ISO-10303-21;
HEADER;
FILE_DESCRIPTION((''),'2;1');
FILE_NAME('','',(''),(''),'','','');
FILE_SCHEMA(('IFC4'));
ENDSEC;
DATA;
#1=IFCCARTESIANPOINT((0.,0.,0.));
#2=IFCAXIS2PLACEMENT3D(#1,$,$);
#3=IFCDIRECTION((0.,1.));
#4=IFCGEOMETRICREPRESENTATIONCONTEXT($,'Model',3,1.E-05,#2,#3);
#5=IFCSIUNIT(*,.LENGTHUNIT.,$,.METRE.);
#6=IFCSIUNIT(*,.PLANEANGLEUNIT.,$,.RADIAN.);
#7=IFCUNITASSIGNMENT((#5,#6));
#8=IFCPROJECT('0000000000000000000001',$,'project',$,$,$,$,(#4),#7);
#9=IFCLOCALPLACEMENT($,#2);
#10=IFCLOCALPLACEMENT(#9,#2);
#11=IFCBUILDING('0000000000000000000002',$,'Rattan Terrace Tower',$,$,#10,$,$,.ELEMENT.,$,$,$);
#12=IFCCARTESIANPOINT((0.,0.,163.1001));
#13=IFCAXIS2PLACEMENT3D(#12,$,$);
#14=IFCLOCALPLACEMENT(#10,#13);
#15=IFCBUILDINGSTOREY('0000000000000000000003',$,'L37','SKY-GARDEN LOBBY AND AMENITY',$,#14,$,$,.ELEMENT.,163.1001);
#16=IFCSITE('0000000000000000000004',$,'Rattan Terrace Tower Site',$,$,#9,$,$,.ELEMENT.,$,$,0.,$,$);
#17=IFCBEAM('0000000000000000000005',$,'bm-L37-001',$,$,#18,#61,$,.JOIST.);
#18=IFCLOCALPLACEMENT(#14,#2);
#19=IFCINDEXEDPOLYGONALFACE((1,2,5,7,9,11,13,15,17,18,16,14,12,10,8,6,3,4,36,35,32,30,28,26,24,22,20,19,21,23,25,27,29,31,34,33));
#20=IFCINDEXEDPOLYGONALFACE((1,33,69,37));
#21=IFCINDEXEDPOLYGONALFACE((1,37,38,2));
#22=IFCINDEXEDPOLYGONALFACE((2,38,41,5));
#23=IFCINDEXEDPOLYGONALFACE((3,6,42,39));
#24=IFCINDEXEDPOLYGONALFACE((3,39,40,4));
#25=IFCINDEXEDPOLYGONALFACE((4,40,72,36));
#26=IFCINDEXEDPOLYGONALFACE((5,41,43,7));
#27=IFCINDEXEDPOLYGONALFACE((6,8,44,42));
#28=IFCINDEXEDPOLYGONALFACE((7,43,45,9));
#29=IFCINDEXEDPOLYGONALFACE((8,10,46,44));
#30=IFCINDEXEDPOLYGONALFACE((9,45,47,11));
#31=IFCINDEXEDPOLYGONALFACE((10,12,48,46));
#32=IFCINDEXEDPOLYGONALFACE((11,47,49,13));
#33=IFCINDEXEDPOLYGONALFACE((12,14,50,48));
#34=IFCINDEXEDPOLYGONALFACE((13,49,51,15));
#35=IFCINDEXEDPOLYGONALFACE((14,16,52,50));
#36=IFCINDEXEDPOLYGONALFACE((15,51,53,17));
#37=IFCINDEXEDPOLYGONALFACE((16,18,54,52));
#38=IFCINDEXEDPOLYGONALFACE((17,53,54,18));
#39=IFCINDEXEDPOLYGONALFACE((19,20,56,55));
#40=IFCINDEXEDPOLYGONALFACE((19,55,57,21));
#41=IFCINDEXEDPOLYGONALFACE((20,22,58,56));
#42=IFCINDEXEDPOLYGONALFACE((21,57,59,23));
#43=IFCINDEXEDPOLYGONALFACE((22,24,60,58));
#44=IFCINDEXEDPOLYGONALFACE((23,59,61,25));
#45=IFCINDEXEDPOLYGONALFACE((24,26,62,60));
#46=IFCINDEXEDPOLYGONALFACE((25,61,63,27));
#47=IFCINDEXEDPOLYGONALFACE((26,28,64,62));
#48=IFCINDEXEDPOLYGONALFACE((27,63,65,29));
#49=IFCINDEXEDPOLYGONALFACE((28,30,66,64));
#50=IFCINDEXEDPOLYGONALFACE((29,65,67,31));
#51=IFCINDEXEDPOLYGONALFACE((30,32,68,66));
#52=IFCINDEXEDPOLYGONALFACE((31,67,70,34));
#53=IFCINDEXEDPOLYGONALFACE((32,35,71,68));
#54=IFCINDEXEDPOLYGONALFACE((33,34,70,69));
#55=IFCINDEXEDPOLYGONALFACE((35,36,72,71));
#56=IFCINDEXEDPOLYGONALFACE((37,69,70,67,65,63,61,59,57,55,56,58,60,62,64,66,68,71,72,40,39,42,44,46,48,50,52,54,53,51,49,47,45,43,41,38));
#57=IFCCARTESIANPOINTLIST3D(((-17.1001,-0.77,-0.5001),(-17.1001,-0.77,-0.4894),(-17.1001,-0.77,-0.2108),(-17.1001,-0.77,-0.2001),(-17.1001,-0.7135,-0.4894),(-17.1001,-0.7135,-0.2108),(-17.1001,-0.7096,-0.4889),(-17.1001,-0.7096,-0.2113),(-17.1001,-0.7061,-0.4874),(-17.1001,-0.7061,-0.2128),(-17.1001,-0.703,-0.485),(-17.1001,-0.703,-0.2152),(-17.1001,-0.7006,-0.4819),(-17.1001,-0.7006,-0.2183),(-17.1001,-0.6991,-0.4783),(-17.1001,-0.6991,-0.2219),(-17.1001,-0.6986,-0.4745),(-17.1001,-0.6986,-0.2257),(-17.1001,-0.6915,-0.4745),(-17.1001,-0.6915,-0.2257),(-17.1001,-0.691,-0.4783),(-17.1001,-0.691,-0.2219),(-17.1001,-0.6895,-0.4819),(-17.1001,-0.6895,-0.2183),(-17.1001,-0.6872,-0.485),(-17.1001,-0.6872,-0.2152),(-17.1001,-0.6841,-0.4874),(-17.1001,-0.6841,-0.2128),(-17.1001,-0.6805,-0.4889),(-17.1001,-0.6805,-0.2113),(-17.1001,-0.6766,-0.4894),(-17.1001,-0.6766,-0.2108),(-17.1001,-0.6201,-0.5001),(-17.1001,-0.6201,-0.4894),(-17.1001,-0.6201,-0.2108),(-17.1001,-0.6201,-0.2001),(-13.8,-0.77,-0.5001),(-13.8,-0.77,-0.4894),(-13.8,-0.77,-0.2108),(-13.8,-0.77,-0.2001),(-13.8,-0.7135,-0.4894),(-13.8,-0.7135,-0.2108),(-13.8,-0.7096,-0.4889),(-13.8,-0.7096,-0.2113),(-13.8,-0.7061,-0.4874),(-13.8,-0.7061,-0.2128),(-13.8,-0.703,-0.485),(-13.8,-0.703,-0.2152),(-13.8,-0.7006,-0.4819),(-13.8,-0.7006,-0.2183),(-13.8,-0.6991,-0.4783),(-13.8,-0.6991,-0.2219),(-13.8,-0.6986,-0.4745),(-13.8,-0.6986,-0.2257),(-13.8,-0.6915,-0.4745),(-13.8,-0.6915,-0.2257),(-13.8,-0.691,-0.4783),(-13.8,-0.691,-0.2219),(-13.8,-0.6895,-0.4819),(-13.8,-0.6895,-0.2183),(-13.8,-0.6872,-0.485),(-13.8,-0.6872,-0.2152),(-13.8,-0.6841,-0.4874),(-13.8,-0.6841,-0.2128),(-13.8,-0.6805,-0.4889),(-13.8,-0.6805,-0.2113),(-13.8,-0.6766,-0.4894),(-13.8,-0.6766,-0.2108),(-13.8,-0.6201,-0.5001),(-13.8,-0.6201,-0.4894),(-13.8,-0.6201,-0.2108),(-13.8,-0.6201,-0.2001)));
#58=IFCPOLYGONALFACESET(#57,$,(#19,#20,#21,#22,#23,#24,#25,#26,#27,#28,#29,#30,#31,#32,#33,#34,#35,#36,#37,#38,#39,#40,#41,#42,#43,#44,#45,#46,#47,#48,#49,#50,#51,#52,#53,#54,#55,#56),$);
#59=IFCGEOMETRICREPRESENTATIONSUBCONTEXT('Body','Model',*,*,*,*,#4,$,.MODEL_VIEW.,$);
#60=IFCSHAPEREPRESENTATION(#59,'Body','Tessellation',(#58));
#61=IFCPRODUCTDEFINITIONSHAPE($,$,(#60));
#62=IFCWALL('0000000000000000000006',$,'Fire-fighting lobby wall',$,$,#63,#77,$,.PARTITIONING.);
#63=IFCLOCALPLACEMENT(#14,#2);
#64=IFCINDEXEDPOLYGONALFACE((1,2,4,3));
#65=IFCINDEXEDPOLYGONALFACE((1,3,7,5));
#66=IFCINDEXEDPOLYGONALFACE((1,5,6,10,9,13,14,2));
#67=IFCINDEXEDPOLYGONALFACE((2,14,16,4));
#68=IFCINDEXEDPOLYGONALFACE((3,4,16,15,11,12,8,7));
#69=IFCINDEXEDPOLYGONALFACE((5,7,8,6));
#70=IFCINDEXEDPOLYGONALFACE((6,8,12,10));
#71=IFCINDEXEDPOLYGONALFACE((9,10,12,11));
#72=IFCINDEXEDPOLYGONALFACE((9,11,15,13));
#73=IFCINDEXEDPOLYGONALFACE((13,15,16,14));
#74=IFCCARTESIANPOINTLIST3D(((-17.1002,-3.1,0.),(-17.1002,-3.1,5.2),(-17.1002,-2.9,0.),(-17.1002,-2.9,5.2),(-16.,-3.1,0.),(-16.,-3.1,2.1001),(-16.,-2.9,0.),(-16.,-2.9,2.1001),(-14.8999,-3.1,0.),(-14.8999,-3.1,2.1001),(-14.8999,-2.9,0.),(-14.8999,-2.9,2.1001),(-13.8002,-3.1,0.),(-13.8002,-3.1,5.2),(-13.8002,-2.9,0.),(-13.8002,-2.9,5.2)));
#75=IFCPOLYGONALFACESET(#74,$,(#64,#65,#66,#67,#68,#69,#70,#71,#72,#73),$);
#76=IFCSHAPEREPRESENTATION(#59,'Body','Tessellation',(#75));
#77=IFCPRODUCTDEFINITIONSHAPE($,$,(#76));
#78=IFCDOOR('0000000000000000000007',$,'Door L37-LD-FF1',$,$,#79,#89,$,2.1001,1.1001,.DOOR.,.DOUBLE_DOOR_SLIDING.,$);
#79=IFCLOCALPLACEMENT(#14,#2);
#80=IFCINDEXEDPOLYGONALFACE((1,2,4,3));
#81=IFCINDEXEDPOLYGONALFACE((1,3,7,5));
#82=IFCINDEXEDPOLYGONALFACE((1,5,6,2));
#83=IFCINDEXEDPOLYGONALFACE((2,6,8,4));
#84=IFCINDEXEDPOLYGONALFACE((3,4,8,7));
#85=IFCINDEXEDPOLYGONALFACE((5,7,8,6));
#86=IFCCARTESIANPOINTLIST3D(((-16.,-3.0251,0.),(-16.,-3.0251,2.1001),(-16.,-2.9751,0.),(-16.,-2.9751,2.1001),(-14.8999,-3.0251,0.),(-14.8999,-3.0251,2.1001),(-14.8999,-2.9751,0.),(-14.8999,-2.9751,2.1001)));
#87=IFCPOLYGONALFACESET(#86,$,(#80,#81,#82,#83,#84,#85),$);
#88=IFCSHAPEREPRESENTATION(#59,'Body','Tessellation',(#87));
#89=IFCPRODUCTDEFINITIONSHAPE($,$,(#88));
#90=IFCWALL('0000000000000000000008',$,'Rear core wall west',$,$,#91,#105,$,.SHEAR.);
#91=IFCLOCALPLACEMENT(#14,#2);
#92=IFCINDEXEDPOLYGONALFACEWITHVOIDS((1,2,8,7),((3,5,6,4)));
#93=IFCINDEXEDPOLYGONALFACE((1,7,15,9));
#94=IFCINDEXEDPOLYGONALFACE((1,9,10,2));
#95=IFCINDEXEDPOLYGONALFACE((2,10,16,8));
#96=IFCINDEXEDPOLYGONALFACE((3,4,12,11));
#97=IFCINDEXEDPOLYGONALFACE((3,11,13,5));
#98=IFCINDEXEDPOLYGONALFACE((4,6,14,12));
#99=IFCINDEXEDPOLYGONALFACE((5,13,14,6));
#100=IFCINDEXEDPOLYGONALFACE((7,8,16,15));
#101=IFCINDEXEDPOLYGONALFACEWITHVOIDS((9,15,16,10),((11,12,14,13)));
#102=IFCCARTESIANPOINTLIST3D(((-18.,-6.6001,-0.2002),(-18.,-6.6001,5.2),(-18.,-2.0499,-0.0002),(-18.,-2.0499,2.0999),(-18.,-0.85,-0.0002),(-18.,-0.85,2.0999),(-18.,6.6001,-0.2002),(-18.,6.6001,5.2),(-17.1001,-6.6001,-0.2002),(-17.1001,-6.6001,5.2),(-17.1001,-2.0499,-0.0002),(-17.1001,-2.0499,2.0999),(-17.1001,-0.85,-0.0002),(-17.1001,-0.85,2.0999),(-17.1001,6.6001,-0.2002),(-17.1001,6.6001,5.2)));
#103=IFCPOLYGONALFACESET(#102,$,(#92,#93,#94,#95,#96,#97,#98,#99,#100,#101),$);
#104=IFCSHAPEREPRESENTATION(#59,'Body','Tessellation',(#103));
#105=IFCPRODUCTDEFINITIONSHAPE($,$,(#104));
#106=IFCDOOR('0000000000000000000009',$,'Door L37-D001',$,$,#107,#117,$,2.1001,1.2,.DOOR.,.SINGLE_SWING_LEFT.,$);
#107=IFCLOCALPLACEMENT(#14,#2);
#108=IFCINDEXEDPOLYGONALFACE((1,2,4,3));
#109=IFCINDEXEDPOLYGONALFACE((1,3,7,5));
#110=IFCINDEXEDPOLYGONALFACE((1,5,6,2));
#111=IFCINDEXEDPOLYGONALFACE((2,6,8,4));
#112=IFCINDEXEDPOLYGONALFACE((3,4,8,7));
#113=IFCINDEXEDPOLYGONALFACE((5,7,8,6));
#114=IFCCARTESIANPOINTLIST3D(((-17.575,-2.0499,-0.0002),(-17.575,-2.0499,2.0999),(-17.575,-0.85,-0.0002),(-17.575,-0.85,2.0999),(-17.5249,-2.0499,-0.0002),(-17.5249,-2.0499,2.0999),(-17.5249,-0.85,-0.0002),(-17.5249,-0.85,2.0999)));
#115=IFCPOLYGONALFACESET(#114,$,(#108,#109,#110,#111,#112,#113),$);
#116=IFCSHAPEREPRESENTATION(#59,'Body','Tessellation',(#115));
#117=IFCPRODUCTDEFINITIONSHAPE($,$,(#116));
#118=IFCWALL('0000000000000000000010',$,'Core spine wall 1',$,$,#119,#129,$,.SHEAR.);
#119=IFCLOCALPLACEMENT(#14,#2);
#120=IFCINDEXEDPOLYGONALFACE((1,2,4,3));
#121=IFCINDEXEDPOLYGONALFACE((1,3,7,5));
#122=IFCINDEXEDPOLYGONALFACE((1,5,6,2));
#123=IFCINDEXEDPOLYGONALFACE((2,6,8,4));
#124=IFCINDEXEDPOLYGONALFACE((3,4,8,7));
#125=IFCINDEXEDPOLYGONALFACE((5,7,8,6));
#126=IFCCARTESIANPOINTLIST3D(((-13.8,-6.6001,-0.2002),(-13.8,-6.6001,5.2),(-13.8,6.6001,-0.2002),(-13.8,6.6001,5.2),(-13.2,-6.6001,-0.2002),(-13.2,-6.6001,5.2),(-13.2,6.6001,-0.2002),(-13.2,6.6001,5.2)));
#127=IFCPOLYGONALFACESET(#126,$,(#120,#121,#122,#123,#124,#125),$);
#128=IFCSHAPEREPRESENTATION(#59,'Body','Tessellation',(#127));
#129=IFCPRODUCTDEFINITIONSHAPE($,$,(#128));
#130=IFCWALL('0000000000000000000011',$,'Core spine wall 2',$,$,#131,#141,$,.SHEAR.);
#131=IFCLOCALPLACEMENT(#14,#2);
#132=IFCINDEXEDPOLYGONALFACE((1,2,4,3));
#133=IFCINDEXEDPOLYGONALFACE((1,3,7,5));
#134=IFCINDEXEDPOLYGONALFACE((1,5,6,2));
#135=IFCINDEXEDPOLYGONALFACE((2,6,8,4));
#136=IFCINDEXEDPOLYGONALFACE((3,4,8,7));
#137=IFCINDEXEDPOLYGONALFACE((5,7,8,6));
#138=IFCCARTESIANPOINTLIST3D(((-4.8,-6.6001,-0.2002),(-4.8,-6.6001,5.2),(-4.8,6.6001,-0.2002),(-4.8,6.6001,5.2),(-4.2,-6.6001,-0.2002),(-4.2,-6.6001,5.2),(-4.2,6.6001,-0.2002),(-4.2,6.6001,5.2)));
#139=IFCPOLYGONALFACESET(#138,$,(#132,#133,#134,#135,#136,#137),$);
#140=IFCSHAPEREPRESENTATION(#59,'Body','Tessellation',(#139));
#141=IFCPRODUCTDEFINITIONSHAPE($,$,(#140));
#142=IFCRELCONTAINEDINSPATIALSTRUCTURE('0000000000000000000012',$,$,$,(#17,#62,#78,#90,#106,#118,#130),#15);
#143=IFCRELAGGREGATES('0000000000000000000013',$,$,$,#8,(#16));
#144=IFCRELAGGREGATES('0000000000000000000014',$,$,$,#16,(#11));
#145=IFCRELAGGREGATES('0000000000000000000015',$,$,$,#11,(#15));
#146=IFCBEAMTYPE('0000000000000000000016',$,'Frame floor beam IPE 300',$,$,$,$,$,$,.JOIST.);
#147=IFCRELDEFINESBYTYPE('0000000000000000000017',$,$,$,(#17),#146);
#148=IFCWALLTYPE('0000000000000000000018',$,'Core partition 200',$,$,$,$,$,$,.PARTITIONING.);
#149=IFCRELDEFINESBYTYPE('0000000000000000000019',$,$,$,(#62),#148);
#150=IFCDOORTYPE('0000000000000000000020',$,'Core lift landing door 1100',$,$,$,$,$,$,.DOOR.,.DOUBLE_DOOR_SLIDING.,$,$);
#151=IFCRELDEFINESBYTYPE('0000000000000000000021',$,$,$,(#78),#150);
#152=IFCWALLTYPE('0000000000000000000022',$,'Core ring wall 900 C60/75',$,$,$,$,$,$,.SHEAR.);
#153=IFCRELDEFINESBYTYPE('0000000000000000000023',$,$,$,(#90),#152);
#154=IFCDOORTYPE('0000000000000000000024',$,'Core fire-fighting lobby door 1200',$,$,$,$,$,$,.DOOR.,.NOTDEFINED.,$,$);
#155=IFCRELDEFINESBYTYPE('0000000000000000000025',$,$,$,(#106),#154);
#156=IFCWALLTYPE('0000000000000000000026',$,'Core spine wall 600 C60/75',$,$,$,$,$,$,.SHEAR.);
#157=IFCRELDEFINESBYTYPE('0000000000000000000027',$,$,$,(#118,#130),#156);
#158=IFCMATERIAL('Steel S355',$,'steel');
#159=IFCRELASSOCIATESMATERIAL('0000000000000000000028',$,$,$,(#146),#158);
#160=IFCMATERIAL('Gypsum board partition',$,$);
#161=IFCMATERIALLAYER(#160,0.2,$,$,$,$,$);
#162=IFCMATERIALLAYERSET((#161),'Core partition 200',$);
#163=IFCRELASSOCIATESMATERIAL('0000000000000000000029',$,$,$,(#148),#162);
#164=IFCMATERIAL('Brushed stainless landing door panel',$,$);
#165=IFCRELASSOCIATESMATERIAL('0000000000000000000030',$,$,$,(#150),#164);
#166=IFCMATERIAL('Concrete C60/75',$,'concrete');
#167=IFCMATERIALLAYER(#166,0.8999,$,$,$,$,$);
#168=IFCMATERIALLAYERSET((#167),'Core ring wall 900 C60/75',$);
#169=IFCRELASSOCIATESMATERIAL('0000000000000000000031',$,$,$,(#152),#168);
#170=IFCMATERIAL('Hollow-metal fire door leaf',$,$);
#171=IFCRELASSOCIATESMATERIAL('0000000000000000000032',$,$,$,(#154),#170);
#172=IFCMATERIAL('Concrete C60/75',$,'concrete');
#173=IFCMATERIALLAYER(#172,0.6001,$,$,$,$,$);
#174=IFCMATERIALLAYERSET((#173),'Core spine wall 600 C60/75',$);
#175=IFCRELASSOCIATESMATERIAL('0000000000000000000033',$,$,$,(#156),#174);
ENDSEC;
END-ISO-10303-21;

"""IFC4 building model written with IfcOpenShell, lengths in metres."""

from ifc_helpers import new_model, si_unit, direction, frame, frame_2d, origin, origin_2d, place, context, subcontext, project, spatial, rectangle, i_section, extrude, material, layer, layer_set, material_profile, profile_set, type_object, element, fill, save


model = new_model("IFC4")

# Units and contexts
model_context = context("Model", 3, precision=1e-05, world=origin(), true_north=direction((0.0, 1.0)))
body_context = subcontext(model_context, "Body", "Model", "MODEL_VIEW")
ifc_project = project(units=[si_unit("LENGTHUNIT", "METRE"), si_unit("PLANEANGLEUNIT", "RADIAN")], contexts=[model_context])

# Site, building, storey
site_placement = place(None, origin())
site = spatial("IfcSite", under=ifc_project, at=site_placement, Name="Rattan Terrace Tower Site", CompositionType="ELEMENT", RefElevation=0.0)
building_placement = place(site_placement, origin())
building = spatial("IfcBuilding", under=site, at=building_placement, Name="Rattan Terrace Tower", CompositionType="ELEMENT")
storey_placement = place(building_placement, frame((0.0, 0.0, 163.1001)))
storey = spatial("IfcBuildingStorey", under=building, at=storey_placement, Name="L37", Description="SKY-GARDEN LOBBY AND AMENITY", CompositionType="ELEMENT", Elevation=163.1001)

# Beam
ifc_material_1 = material(Name="Steel S355", Category="steel")
ifc_material_profile = material_profile(ifc_material_1, i_section(OverallWidth=0.1499, OverallDepth=0.3, WebThickness=0.0071, FlangeThickness=0.0107, FilletRadius=0.0149, at=origin_2d()), Name="IPE 300")
ifc_profile_set = profile_set([ifc_material_profile], Name="Steel S355")
beam_type = type_object("IfcBeamType", Name="Frame floor beam IPE 300", PredefinedType="JOIST", material=ifc_profile_set)
beam_placement = place(storey_placement, frame((-17.1001, -0.6951, -0.3501), z_axis=(1.0, 0.0, 0.0), x_axis=(0.0, 1.0, 0.0)))
element("IfcBeam", 1, at=beam_placement, inside=storey, type_object=beam_type, Name="bm-L37-001", PredefinedType="JOIST", context=body_context, shape_type="SweptSolid", body=[
    extrude(i_section(OverallWidth=0.1499, OverallDepth=0.3, WebThickness=0.0071, FlangeThickness=0.0107, FilletRadius=0.0149, at=origin_2d()), origin(), (0.0, 0.0, 1.0), 3.3),
])

# Walls, openings, doors
ifc_material_2 = material(Name="Gypsum board partition")
ifc_layer_1 = layer(ifc_material_2, 0.2)
ifc_layer_set_1 = layer_set([ifc_layer_1], Name="Core partition 200")
wall_type_1 = type_object("IfcWallType", Name="Core partition 200", PredefinedType="PARTITIONING", material=ifc_layer_set_1)
wall_1_placement = place(storey_placement, frame((-17.1001, -3.0, 0.0), z_axis=(0.0, 0.0, 1.0), x_axis=(1.0, 0.0, 0.0)))
wall_1 = element("IfcWall", 2, at=wall_1_placement, inside=storey, type_object=wall_type_1, Name="Fire-fighting lobby wall", PredefinedType="PARTITIONING", context=body_context, shape_type="SweptSolid", body=[
    extrude(rectangle(XDim=3.3, YDim=0.2, at=frame_2d((1.6499, 0.0))), origin(), (0.0, 0.0, 1.0), 5.2),
])
opening_1_placement = place(wall_1_placement, frame((1.1001, 0.0, 0.0)))
opening_1 = element("IfcOpeningElement", 3, at=opening_1_placement, cuts=wall_1, PredefinedType="OPENING", context=body_context, shape_type="SweptSolid", body=[
    extrude(rectangle(XDim=1.1001, YDim=2.1001, at=frame_2d((0.55, 1.05))), frame((0.0, 0.1106, 0.0), z_axis=(0.0, -1.0, 0.0), x_axis=(1.0, 0.0, 0.0)), (0.0, 0.0, 1.0), 0.2209),
])
ifc_material_3 = material(Name="Brushed stainless landing door panel")
door_type_1 = type_object("IfcDoorType", Name="Core lift landing door 1100", OperationType="DOUBLE_DOOR_SLIDING", PredefinedType="DOOR", material=ifc_material_3)
door_1_placement = place(opening_1_placement, origin())
door_1 = element("IfcDoor", 4, at=door_1_placement, inside=storey, type_object=door_type_1, Name="Door L37-LD-FF1", OperationType="DOUBLE_DOOR_SLIDING", OverallHeight=2.1001, OverallWidth=1.1001, PredefinedType="DOOR", context=body_context, shape_type="SweptSolid", body=[
    extrude(rectangle(XDim=1.1001, YDim=2.1001, at=frame_2d((0.55, 1.05))), frame((0.0, 0.0249, 0.0), z_axis=(0.0, -1.0, 0.0), x_axis=(1.0, 0.0, 0.0)), (0.0, 0.0, 1.0), 0.05),
])
fill(opening_1, door_1)
ifc_material_4 = material(Name="Concrete C60/75", Category="concrete")
ifc_layer_2 = layer(ifc_material_4, 0.8999)
ifc_layer_set_2 = layer_set([ifc_layer_2], Name="Core ring wall 900 C60/75")
wall_type_2 = type_object("IfcWallType", Name="Core ring wall 900 C60/75", PredefinedType="SHEAR", material=ifc_layer_set_2)
wall_2_placement = place(storey_placement, frame((-17.55, -6.6001, -0.2002), z_axis=(0.0, 0.0, 1.0), x_axis=(0.0, 1.0, 0.0)))
wall_2 = element("IfcWall", 5, at=wall_2_placement, inside=storey, type_object=wall_type_2, Name="Rear core wall west", PredefinedType="SHEAR", context=body_context, shape_type="SweptSolid", body=[
    extrude(rectangle(XDim=13.2002, YDim=0.8999, at=frame_2d((6.6001, 0.0))), origin(), (0.0, 0.0, 1.0), 5.4001),
])
opening_2_placement = place(wall_2_placement, frame((4.55, 0.0, 0.2)))
opening_2 = element("IfcOpeningElement", 6, at=opening_2_placement, cuts=wall_2, PredefinedType="OPENING", context=body_context, shape_type="SweptSolid", body=[
    extrude(rectangle(XDim=1.2, YDim=2.1001, at=frame_2d((0.6001, 1.05))), frame((0.0, 0.4604, 0.0), z_axis=(0.0, -1.0, 0.0), x_axis=(1.0, 0.0, 0.0)), (0.0, 0.0, 1.0), 0.9209),
])
ifc_material_5 = material(Name="Hollow-metal fire door leaf")
door_type_2 = type_object("IfcDoorType", Name="Core fire-fighting lobby door 1200", OperationType="NOTDEFINED", PredefinedType="DOOR", material=ifc_material_5)
door_2_placement = place(opening_2_placement, origin())
door_2 = element("IfcDoor", 7, at=door_2_placement, inside=storey, type_object=door_type_2, Name="Door L37-D001", OperationType="SINGLE_SWING_LEFT", OverallHeight=2.1001, OverallWidth=1.2, PredefinedType="DOOR", context=body_context, shape_type="SweptSolid", body=[
    extrude(rectangle(XDim=1.2, YDim=2.1001, at=frame_2d((0.6001, 1.05))), frame((0.0, 0.0249, 0.0), z_axis=(0.0, -1.0, 0.0), x_axis=(1.0, 0.0, 0.0)), (0.0, 0.0, 1.0), 0.05),
])
fill(opening_2, door_2)

# Walls
ifc_material_6 = material(Name="Concrete C60/75", Category="concrete")
ifc_layer_3 = layer(ifc_material_6, 0.6001)
ifc_layer_set_3 = layer_set([ifc_layer_3], Name="Core spine wall 600 C60/75")
wall_type_3 = type_object("IfcWallType", Name="Core spine wall 600 C60/75", PredefinedType="SHEAR", material=ifc_layer_set_3)
for number, where, z_axis, x_axis, name in (
    (8, (-13.5, -6.6001, -0.2002), (0.0, 0.0, 1.0), (0.0, 1.0, 0.0), "Core spine wall 1"),
    (9, (-4.5, -6.6001, -0.2002), (0.0, 0.0, 1.0), (0.0, 1.0, 0.0), "Core spine wall 2"),
):
    element("IfcWall", number, at=place(storey_placement, frame(where, z_axis=z_axis, x_axis=x_axis)), inside=storey, type_object=wall_type_3, Name=name, PredefinedType="SHEAR", context=body_context, shape_type="SweptSolid", body=[
        extrude(rectangle(XDim=13.2002, YDim=0.6001, at=frame_2d((6.6001, 0.0))), origin(), (0.0, 0.0, 1.0), 5.4001),
    ])

save(model, "model.ifc")
